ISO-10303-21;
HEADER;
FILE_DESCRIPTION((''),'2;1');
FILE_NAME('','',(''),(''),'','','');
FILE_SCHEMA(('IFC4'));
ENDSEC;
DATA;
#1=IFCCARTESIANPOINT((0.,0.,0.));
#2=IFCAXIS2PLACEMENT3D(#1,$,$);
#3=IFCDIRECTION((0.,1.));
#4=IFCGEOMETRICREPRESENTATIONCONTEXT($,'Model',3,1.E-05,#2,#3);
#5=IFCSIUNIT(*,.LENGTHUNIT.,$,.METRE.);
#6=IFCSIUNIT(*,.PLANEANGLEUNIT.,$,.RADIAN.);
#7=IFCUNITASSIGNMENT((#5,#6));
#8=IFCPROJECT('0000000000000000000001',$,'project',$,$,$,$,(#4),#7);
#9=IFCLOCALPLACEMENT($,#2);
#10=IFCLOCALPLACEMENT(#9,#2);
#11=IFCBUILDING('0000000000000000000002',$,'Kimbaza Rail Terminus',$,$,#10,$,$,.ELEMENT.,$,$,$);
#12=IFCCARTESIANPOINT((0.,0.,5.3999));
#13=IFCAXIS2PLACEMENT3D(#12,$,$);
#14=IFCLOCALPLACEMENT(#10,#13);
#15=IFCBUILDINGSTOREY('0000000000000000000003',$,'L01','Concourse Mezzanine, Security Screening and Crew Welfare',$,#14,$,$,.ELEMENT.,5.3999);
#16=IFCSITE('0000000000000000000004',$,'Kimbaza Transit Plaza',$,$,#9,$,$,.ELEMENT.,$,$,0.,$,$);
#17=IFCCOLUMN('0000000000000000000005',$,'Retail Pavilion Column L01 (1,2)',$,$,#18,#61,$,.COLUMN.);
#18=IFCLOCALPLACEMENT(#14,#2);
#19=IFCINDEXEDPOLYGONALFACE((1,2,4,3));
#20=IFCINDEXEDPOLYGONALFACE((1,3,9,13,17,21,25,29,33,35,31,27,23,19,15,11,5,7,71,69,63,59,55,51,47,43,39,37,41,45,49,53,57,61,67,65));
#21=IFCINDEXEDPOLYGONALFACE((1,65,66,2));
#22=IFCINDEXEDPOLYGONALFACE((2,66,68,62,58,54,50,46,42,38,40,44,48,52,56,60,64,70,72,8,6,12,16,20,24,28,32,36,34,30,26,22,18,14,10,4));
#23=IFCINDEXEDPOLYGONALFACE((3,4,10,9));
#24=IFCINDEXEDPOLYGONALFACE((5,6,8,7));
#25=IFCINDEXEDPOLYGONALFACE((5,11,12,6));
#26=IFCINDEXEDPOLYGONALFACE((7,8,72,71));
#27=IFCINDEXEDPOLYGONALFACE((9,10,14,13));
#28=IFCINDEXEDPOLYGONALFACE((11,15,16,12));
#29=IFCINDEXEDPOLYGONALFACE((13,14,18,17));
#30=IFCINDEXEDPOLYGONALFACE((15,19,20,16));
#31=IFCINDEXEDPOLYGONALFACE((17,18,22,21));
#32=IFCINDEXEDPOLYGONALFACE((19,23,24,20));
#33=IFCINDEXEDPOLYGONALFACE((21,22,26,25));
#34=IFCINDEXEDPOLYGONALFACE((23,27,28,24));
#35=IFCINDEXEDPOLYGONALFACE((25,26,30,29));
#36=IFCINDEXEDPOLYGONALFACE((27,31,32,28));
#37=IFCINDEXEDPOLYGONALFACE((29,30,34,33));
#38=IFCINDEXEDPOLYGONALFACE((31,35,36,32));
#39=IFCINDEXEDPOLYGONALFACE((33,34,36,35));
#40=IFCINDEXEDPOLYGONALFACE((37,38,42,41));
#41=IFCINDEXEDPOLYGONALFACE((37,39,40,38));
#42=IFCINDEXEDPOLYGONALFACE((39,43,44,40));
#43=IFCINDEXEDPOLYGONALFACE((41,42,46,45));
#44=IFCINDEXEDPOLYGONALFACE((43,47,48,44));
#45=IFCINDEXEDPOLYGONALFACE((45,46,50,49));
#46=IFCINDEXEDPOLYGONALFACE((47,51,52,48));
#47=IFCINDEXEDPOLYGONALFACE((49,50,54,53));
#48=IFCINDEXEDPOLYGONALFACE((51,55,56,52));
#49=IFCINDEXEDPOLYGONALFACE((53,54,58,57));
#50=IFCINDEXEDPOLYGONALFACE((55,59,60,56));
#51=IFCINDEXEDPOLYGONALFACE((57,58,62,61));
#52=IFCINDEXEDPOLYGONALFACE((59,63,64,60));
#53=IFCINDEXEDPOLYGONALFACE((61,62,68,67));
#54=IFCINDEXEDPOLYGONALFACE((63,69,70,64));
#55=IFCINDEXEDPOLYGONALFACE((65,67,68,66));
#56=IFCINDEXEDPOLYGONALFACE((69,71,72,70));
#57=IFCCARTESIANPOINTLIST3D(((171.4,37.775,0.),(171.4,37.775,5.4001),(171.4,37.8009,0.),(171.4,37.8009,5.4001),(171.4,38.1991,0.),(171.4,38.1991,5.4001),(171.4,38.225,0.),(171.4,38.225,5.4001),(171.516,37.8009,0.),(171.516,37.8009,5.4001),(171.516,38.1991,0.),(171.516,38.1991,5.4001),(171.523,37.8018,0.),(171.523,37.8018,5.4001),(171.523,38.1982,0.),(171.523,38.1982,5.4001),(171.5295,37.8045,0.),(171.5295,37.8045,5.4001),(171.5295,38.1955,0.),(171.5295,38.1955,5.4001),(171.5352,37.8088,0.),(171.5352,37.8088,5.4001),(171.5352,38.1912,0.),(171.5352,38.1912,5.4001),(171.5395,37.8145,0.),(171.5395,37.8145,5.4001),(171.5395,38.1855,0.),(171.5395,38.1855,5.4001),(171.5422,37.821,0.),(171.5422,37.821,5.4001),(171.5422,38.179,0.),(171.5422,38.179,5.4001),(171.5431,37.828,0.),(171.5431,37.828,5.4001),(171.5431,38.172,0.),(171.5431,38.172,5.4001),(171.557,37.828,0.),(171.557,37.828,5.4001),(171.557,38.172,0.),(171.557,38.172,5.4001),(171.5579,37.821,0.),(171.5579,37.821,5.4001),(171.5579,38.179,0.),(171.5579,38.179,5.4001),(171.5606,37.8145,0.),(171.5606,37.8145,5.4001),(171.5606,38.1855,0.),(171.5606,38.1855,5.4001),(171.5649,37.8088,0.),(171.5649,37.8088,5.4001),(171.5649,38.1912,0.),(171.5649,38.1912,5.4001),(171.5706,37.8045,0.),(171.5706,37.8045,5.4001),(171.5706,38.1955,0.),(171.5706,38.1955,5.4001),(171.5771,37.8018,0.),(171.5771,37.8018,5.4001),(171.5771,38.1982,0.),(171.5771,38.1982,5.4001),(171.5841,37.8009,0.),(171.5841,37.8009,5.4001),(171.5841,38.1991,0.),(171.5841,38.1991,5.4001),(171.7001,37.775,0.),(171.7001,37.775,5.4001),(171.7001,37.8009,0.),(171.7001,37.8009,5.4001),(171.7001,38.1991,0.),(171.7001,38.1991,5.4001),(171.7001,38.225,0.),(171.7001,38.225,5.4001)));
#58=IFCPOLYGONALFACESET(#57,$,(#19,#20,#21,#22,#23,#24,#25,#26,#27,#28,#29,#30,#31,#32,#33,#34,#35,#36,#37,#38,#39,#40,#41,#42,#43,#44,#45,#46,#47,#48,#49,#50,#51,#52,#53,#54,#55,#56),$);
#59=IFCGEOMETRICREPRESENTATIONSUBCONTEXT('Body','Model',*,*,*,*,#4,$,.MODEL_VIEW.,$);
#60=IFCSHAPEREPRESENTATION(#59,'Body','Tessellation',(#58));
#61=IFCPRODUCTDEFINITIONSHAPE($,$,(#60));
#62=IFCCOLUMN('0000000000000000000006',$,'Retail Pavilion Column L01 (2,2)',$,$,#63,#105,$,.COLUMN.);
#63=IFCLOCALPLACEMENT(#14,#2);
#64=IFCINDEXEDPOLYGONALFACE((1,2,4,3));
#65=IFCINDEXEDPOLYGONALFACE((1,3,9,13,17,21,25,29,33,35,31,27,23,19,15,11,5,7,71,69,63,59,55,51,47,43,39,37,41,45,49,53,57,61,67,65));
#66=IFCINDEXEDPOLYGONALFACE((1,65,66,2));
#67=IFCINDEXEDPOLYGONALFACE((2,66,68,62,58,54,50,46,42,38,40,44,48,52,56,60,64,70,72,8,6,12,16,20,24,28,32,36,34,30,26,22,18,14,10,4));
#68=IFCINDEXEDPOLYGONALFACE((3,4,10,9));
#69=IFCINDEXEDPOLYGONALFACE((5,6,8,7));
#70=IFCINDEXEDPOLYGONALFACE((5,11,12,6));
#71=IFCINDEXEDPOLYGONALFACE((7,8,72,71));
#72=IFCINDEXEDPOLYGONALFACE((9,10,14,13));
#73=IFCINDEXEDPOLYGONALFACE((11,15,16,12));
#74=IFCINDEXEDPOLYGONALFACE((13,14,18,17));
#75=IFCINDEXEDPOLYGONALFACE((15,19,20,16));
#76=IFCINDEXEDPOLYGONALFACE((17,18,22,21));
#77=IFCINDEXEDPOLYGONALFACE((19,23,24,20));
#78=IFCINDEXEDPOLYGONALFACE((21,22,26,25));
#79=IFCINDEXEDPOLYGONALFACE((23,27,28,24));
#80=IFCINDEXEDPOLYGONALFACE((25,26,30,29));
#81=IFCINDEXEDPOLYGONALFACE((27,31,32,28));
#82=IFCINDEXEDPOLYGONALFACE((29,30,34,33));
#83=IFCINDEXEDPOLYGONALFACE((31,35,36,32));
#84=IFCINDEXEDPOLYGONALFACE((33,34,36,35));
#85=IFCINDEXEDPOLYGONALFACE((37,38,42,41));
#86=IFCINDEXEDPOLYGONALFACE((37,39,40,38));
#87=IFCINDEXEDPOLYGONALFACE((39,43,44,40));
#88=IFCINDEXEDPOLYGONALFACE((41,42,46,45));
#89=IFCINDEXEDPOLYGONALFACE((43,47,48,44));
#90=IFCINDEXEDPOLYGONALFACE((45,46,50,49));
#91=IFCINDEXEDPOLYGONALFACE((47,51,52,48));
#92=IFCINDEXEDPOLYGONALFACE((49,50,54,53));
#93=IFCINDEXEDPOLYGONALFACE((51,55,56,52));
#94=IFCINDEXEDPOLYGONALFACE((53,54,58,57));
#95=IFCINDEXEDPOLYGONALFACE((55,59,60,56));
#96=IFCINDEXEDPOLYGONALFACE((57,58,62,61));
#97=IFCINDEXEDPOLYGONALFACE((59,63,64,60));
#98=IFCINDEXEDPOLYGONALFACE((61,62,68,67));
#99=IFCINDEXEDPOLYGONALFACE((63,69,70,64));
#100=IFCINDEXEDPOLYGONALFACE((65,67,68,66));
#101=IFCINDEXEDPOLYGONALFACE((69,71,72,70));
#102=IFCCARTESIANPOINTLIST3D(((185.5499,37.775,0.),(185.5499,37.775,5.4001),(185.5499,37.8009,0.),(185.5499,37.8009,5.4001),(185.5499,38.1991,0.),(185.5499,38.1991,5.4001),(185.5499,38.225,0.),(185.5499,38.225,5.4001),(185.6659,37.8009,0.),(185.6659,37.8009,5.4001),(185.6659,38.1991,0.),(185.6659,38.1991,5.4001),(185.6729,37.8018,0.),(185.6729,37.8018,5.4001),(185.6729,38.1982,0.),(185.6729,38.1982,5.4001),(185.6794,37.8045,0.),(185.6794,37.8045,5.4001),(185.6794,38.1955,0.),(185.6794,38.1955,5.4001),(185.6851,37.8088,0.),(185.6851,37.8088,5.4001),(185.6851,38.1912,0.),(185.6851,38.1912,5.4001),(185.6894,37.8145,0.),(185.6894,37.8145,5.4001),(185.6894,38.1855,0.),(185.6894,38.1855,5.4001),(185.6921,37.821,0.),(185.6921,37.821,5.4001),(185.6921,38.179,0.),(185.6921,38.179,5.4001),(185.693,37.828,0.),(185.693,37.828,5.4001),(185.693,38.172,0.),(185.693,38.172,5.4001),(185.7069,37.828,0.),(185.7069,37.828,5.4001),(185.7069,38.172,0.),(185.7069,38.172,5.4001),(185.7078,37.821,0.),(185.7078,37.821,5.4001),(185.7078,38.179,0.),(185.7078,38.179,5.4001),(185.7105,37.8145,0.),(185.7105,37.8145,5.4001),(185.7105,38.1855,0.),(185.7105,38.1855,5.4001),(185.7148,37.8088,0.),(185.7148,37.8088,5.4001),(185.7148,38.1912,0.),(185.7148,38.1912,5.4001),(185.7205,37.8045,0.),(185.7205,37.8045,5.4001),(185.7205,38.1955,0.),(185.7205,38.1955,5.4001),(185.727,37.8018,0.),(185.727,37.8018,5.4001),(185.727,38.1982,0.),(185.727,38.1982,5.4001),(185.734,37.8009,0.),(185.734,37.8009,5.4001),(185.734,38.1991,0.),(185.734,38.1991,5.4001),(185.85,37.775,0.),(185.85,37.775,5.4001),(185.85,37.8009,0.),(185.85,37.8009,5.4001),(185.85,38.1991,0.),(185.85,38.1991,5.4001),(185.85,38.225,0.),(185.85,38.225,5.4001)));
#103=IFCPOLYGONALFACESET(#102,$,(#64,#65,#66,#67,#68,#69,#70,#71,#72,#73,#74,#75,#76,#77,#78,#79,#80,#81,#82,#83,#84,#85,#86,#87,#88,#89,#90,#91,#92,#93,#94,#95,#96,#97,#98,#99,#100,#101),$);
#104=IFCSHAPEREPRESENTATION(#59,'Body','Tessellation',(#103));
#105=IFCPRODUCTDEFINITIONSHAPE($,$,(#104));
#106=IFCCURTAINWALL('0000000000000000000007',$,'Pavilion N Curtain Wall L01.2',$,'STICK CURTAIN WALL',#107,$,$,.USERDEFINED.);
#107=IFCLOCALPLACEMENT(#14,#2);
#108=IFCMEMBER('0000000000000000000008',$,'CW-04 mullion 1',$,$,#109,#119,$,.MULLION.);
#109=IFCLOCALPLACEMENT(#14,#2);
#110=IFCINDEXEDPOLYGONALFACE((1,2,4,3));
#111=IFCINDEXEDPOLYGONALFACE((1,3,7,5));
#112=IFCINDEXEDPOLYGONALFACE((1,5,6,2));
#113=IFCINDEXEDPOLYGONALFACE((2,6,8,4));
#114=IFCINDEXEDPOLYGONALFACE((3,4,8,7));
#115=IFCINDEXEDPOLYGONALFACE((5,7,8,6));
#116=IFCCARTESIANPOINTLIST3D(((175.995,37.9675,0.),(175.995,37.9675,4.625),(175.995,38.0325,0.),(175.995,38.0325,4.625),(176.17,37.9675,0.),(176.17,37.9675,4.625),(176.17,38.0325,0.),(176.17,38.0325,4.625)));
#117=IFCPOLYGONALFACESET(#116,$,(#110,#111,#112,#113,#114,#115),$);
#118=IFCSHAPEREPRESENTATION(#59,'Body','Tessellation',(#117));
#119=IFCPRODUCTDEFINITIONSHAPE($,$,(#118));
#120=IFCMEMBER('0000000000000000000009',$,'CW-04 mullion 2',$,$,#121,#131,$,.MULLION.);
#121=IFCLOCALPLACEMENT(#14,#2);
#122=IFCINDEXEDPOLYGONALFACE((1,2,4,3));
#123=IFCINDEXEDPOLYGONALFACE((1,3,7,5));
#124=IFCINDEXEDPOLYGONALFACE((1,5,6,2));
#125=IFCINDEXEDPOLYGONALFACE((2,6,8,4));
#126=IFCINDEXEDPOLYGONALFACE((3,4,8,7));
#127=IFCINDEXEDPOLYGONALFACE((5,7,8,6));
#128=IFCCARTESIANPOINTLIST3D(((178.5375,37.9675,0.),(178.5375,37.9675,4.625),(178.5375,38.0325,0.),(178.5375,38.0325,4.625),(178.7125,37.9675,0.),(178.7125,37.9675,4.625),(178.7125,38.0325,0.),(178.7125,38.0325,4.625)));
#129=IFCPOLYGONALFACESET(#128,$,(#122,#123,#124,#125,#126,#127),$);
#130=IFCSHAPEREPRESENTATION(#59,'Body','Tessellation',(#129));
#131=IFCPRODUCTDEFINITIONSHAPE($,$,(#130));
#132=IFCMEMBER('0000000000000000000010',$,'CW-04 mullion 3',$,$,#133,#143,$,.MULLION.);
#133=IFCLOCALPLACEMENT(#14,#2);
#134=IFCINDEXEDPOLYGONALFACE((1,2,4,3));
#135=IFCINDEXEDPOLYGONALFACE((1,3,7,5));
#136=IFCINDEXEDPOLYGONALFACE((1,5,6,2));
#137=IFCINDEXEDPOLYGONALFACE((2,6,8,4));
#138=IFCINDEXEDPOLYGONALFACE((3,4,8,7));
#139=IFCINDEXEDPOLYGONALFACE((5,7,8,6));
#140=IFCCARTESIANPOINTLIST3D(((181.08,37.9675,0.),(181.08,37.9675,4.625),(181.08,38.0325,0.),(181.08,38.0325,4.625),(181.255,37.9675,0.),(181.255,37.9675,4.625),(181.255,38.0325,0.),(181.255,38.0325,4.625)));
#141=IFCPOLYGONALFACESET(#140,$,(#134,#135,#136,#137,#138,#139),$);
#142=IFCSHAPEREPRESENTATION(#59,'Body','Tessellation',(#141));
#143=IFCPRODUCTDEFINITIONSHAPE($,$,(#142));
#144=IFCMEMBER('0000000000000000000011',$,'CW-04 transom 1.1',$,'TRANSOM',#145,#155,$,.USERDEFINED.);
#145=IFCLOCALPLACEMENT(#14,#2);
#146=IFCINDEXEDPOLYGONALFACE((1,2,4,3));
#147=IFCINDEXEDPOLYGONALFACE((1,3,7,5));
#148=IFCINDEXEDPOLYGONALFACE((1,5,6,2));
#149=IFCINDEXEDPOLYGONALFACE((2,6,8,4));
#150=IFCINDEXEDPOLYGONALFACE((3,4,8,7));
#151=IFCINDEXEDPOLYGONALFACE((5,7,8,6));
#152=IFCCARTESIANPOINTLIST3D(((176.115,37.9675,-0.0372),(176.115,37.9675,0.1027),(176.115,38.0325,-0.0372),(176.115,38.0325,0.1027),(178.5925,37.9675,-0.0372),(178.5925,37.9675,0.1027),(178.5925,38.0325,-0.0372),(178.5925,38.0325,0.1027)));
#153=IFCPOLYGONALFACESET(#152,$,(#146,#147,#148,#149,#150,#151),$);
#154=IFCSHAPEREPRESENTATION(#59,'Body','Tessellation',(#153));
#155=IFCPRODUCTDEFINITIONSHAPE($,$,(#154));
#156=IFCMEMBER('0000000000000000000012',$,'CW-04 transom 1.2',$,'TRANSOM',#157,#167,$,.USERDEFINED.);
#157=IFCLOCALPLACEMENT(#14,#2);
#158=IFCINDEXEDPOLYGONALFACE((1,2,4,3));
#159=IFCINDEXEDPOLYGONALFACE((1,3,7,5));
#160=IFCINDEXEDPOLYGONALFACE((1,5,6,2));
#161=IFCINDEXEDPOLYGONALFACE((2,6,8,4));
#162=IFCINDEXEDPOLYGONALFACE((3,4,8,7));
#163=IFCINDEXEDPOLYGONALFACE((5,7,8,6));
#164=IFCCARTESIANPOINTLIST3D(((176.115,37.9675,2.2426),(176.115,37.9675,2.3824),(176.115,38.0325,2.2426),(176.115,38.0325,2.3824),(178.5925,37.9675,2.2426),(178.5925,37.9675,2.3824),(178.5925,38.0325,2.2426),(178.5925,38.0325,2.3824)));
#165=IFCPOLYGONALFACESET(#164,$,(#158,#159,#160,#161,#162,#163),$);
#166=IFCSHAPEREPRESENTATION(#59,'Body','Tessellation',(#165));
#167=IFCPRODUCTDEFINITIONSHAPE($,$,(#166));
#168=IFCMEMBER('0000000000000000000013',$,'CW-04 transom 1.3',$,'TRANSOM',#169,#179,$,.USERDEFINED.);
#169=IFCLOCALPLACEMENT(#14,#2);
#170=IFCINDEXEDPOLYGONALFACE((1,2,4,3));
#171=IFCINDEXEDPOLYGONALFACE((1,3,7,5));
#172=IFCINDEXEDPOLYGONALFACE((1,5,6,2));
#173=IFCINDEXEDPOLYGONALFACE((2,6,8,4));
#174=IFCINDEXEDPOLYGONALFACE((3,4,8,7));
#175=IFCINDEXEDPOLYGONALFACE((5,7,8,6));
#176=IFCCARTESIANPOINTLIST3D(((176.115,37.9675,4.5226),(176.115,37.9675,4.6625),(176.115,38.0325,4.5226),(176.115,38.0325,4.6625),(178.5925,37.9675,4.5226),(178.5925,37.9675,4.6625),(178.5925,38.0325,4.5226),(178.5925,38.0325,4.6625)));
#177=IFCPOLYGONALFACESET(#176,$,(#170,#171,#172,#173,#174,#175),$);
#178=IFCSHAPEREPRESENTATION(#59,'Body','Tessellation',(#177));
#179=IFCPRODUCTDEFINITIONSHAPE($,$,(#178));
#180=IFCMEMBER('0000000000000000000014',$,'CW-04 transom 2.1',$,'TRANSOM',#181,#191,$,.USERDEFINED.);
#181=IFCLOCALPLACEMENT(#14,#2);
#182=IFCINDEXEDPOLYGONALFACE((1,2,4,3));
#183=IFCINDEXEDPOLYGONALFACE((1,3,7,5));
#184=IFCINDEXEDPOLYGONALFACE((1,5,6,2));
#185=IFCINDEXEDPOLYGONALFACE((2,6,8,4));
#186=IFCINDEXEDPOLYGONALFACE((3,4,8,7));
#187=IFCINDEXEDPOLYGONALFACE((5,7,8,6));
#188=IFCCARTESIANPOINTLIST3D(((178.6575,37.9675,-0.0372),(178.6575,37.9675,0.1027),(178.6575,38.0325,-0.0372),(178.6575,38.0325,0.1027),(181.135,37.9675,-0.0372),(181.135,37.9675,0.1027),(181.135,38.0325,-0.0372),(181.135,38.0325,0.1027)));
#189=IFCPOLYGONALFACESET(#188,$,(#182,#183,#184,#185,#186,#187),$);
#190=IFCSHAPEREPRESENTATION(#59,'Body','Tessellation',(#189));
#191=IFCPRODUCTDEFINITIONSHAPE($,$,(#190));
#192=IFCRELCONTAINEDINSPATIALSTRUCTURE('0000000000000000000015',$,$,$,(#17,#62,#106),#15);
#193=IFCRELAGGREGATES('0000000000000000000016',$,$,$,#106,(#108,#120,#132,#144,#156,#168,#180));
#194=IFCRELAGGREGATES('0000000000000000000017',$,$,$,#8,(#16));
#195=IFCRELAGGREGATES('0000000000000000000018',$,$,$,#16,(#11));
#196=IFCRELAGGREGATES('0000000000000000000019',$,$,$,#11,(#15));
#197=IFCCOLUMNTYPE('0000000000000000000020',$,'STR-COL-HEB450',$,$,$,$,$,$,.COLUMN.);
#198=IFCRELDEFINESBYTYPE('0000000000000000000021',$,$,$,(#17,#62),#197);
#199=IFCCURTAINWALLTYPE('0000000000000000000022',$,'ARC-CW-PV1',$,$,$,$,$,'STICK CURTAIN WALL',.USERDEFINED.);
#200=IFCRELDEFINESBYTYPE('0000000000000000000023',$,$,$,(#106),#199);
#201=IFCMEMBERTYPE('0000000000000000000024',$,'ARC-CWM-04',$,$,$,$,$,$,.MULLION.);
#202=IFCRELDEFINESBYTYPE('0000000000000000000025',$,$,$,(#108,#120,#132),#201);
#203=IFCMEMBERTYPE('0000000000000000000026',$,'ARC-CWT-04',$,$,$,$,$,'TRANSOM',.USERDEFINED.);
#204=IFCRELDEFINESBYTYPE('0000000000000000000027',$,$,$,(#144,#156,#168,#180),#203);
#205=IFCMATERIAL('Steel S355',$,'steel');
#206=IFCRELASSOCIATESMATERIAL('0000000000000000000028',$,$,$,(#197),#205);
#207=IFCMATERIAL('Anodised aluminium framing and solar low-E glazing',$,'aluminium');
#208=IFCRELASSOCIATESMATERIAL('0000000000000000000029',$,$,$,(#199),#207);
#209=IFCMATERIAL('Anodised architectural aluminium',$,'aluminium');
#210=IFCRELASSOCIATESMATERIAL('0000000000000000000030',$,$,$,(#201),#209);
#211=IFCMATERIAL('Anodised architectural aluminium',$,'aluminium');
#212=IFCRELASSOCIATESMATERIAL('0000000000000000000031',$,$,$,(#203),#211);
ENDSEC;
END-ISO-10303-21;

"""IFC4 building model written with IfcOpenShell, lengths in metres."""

from ifc_helpers import new_model, si_unit, direction, frame, origin, origin_2d, place, context, subcontext, project, spatial, rectangle, i_section, extrude, material, material_profile, profile_set, type_object, element, aggregate, save


model = new_model("IFC4")

# Units and contexts
model_context = context("Model", 3, precision=1e-05, world=origin(), true_north=direction((0.0, 1.0)))
body_context = subcontext(model_context, "Body", "Model", "MODEL_VIEW")
ifc_project = project(units=[si_unit("LENGTHUNIT", "METRE"), si_unit("PLANEANGLEUNIT", "RADIAN")], contexts=[model_context])

# Site, building, storey
site_placement = place(None, origin())
site = spatial("IfcSite", under=ifc_project, at=site_placement, Name="Kimbaza Transit Plaza", CompositionType="ELEMENT", RefElevation=0.0)
building_placement = place(site_placement, origin())
building = spatial("IfcBuilding", under=site, at=building_placement, Name="Kimbaza Rail Terminus", CompositionType="ELEMENT")
storey_placement = place(building_placement, frame((0.0, 0.0, 5.3999)))
storey = spatial("IfcBuildingStorey", under=building, at=storey_placement, Name="L01", Description="Concourse Mezzanine, Security Screening and Crew Welfare", CompositionType="ELEMENT", Elevation=5.3999)

# Columns
ifc_material_1 = material(Name="Steel S355", Category="steel")
ifc_material_profile_1 = material_profile(ifc_material_1, i_section(OverallWidth=0.3, OverallDepth=0.45, WebThickness=0.0139, FlangeThickness=0.0259, FilletRadius=0.0271, at=origin_2d()), Name="HEB 450")
ifc_profile_set_1 = profile_set([ifc_material_profile_1], Name="Steel S355")
column_type = type_object("IfcColumnType", Name="STR-COL-HEB450", PredefinedType="COLUMN", material=ifc_profile_set_1)
for number, where, z_axis, x_axis, name in (
    (1, (171.55, 38.0, 0.0), (0.0, 0.0, 1.0), (1.0, 0.0, 0.0), "Retail Pavilion Column L01 (1,2)"),
    (2, (185.7, 38.0, 0.0), (0.0, 0.0, 1.0), (1.0, 0.0, 0.0), "Retail Pavilion Column L01 (2,2)"),
):
    element("IfcColumn", number, at=place(storey_placement, frame(where, z_axis=z_axis, x_axis=x_axis)), inside=storey, type_object=column_type, Name=name, PredefinedType="COLUMN", context=body_context, shape_type="SweptSolid", body=[
        extrude(i_section(OverallWidth=0.3, OverallDepth=0.45, WebThickness=0.0139, FlangeThickness=0.0259, FilletRadius=0.0271, at=origin_2d()), origin(), (0.0, 0.0, 1.0), 5.4001),
    ])

# Curtain wall, members
ifc_material_2 = material(Name="Anodised aluminium framing and solar low-E glazing", Category="aluminium")
curtain_wall_type = type_object("IfcCurtainWallType", Name="ARC-CW-PV1", ElementType="STICK CURTAIN WALL", PredefinedType="USERDEFINED", material=ifc_material_2)
curtain_wall_placement = place(storey_placement, origin())
curtain_wall = element("IfcCurtainWall", 3, at=curtain_wall_placement, inside=storey, type_object=curtain_wall_type, Name="Pavilion N Curtain Wall L01.2", ObjectType="STICK CURTAIN WALL", PredefinedType="USERDEFINED")
ifc_material_3 = material(Name="Anodised architectural aluminium", Category="aluminium")
ifc_material_profile_2 = material_profile(ifc_material_3, rectangle(XDim=0.0649, YDim=0.175, at=origin_2d()), Name="MULLION 65x175")
ifc_profile_set_2 = profile_set([ifc_material_profile_2], Name="Anodised architectural aluminium")
member_type_1 = type_object("IfcMemberType", Name="ARC-CWM-04", PredefinedType="MULLION", material=ifc_profile_set_2)
member_1_placement = place(storey_placement, frame((176.0825, 38.0, 0.0), z_axis=(0.0, 0.0, 1.0), x_axis=(0.0, 1.0, 0.0)))
member_1 = element("IfcMember", 4, at=member_1_placement, type_object=member_type_1, Name="CW-04 mullion 1", PredefinedType="MULLION", context=body_context, shape_type="SweptSolid", body=[
    extrude(rectangle(XDim=0.0649, YDim=0.175, at=origin_2d()), origin(), (0.0, 0.0, 1.0), 4.625),
])
member_2_placement = place(storey_placement, frame((178.625, 38.0, 0.0), z_axis=(0.0, 0.0, 1.0), x_axis=(0.0, 1.0, 0.0)))
member_2 = element("IfcMember", 5, at=member_2_placement, type_object=member_type_1, Name="CW-04 mullion 2", PredefinedType="MULLION", context=body_context, shape_type="SweptSolid", body=[
    extrude(rectangle(XDim=0.0649, YDim=0.175, at=origin_2d()), origin(), (0.0, 0.0, 1.0), 4.625),
])
member_3_placement = place(storey_placement, frame((181.1675, 38.0, 0.0), z_axis=(0.0, 0.0, 1.0), x_axis=(0.0, 1.0, 0.0)))
member_3 = element("IfcMember", 6, at=member_3_placement, type_object=member_type_1, Name="CW-04 mullion 3", PredefinedType="MULLION", context=body_context, shape_type="SweptSolid", body=[
    extrude(rectangle(XDim=0.0649, YDim=0.175, at=origin_2d()), origin(), (0.0, 0.0, 1.0), 4.625),
])
ifc_material_4 = material(Name="Anodised architectural aluminium", Category="aluminium")
ifc_material_profile_3 = material_profile(ifc_material_4, rectangle(XDim=0.0649, YDim=0.1399, at=origin_2d()), Name="TRANSOM 65x140")
ifc_profile_set_3 = profile_set([ifc_material_profile_3], Name="Anodised architectural aluminium")
member_type_2 = type_object("IfcMemberType", Name="ARC-CWT-04", ElementType="TRANSOM", PredefinedType="USERDEFINED", material=ifc_profile_set_3)
member_4_placement = place(storey_placement, frame((176.115, 38.0, 0.0327), z_axis=(1.0, 0.0, 0.0), x_axis=(0.0, 1.0, 0.0)))
member_4 = element("IfcMember", 7, at=member_4_placement, type_object=member_type_2, Name="CW-04 transom 1.1", ObjectType="TRANSOM", PredefinedType="USERDEFINED", context=body_context, shape_type="SweptSolid", body=[
    extrude(rectangle(XDim=0.0649, YDim=0.1399, at=origin_2d()), origin(), (0.0, 0.0, 1.0), 2.4775),
])
member_5_placement = place(storey_placement, frame((176.115, 38.0, 2.3125), z_axis=(1.0, 0.0, 0.0), x_axis=(0.0, 1.0, 0.0)))
member_5 = element("IfcMember", 8, at=member_5_placement, type_object=member_type_2, Name="CW-04 transom 1.2", ObjectType="TRANSOM", PredefinedType="USERDEFINED", context=body_context, shape_type="SweptSolid", body=[
    extrude(rectangle(XDim=0.0649, YDim=0.1399, at=origin_2d()), origin(), (0.0, 0.0, 1.0), 2.4775),
])
member_6_placement = place(storey_placement, frame((176.115, 38.0, 4.5925), z_axis=(1.0, 0.0, 0.0), x_axis=(0.0, 1.0, 0.0)))
member_6 = element("IfcMember", 9, at=member_6_placement, type_object=member_type_2, Name="CW-04 transom 1.3", ObjectType="TRANSOM", PredefinedType="USERDEFINED", context=body_context, shape_type="SweptSolid", body=[
    extrude(rectangle(XDim=0.0649, YDim=0.1399, at=origin_2d()), origin(), (0.0, 0.0, 1.0), 2.4775),
])
member_7_placement = place(storey_placement, frame((178.6575, 38.0, 0.0327), z_axis=(1.0, 0.0, 0.0), x_axis=(0.0, 1.0, 0.0)))
member_7 = element("IfcMember", 10, at=member_7_placement, type_object=member_type_2, Name="CW-04 transom 2.1", ObjectType="TRANSOM", PredefinedType="USERDEFINED", context=body_context, shape_type="SweptSolid", body=[
    extrude(rectangle(XDim=0.0649, YDim=0.1399, at=origin_2d()), origin(), (0.0, 0.0, 1.0), 2.4775),
])

aggregate(curtain_wall, [member_1, member_2, member_3, member_4, member_5, member_6, member_7])

save(model, "model.ifc")
